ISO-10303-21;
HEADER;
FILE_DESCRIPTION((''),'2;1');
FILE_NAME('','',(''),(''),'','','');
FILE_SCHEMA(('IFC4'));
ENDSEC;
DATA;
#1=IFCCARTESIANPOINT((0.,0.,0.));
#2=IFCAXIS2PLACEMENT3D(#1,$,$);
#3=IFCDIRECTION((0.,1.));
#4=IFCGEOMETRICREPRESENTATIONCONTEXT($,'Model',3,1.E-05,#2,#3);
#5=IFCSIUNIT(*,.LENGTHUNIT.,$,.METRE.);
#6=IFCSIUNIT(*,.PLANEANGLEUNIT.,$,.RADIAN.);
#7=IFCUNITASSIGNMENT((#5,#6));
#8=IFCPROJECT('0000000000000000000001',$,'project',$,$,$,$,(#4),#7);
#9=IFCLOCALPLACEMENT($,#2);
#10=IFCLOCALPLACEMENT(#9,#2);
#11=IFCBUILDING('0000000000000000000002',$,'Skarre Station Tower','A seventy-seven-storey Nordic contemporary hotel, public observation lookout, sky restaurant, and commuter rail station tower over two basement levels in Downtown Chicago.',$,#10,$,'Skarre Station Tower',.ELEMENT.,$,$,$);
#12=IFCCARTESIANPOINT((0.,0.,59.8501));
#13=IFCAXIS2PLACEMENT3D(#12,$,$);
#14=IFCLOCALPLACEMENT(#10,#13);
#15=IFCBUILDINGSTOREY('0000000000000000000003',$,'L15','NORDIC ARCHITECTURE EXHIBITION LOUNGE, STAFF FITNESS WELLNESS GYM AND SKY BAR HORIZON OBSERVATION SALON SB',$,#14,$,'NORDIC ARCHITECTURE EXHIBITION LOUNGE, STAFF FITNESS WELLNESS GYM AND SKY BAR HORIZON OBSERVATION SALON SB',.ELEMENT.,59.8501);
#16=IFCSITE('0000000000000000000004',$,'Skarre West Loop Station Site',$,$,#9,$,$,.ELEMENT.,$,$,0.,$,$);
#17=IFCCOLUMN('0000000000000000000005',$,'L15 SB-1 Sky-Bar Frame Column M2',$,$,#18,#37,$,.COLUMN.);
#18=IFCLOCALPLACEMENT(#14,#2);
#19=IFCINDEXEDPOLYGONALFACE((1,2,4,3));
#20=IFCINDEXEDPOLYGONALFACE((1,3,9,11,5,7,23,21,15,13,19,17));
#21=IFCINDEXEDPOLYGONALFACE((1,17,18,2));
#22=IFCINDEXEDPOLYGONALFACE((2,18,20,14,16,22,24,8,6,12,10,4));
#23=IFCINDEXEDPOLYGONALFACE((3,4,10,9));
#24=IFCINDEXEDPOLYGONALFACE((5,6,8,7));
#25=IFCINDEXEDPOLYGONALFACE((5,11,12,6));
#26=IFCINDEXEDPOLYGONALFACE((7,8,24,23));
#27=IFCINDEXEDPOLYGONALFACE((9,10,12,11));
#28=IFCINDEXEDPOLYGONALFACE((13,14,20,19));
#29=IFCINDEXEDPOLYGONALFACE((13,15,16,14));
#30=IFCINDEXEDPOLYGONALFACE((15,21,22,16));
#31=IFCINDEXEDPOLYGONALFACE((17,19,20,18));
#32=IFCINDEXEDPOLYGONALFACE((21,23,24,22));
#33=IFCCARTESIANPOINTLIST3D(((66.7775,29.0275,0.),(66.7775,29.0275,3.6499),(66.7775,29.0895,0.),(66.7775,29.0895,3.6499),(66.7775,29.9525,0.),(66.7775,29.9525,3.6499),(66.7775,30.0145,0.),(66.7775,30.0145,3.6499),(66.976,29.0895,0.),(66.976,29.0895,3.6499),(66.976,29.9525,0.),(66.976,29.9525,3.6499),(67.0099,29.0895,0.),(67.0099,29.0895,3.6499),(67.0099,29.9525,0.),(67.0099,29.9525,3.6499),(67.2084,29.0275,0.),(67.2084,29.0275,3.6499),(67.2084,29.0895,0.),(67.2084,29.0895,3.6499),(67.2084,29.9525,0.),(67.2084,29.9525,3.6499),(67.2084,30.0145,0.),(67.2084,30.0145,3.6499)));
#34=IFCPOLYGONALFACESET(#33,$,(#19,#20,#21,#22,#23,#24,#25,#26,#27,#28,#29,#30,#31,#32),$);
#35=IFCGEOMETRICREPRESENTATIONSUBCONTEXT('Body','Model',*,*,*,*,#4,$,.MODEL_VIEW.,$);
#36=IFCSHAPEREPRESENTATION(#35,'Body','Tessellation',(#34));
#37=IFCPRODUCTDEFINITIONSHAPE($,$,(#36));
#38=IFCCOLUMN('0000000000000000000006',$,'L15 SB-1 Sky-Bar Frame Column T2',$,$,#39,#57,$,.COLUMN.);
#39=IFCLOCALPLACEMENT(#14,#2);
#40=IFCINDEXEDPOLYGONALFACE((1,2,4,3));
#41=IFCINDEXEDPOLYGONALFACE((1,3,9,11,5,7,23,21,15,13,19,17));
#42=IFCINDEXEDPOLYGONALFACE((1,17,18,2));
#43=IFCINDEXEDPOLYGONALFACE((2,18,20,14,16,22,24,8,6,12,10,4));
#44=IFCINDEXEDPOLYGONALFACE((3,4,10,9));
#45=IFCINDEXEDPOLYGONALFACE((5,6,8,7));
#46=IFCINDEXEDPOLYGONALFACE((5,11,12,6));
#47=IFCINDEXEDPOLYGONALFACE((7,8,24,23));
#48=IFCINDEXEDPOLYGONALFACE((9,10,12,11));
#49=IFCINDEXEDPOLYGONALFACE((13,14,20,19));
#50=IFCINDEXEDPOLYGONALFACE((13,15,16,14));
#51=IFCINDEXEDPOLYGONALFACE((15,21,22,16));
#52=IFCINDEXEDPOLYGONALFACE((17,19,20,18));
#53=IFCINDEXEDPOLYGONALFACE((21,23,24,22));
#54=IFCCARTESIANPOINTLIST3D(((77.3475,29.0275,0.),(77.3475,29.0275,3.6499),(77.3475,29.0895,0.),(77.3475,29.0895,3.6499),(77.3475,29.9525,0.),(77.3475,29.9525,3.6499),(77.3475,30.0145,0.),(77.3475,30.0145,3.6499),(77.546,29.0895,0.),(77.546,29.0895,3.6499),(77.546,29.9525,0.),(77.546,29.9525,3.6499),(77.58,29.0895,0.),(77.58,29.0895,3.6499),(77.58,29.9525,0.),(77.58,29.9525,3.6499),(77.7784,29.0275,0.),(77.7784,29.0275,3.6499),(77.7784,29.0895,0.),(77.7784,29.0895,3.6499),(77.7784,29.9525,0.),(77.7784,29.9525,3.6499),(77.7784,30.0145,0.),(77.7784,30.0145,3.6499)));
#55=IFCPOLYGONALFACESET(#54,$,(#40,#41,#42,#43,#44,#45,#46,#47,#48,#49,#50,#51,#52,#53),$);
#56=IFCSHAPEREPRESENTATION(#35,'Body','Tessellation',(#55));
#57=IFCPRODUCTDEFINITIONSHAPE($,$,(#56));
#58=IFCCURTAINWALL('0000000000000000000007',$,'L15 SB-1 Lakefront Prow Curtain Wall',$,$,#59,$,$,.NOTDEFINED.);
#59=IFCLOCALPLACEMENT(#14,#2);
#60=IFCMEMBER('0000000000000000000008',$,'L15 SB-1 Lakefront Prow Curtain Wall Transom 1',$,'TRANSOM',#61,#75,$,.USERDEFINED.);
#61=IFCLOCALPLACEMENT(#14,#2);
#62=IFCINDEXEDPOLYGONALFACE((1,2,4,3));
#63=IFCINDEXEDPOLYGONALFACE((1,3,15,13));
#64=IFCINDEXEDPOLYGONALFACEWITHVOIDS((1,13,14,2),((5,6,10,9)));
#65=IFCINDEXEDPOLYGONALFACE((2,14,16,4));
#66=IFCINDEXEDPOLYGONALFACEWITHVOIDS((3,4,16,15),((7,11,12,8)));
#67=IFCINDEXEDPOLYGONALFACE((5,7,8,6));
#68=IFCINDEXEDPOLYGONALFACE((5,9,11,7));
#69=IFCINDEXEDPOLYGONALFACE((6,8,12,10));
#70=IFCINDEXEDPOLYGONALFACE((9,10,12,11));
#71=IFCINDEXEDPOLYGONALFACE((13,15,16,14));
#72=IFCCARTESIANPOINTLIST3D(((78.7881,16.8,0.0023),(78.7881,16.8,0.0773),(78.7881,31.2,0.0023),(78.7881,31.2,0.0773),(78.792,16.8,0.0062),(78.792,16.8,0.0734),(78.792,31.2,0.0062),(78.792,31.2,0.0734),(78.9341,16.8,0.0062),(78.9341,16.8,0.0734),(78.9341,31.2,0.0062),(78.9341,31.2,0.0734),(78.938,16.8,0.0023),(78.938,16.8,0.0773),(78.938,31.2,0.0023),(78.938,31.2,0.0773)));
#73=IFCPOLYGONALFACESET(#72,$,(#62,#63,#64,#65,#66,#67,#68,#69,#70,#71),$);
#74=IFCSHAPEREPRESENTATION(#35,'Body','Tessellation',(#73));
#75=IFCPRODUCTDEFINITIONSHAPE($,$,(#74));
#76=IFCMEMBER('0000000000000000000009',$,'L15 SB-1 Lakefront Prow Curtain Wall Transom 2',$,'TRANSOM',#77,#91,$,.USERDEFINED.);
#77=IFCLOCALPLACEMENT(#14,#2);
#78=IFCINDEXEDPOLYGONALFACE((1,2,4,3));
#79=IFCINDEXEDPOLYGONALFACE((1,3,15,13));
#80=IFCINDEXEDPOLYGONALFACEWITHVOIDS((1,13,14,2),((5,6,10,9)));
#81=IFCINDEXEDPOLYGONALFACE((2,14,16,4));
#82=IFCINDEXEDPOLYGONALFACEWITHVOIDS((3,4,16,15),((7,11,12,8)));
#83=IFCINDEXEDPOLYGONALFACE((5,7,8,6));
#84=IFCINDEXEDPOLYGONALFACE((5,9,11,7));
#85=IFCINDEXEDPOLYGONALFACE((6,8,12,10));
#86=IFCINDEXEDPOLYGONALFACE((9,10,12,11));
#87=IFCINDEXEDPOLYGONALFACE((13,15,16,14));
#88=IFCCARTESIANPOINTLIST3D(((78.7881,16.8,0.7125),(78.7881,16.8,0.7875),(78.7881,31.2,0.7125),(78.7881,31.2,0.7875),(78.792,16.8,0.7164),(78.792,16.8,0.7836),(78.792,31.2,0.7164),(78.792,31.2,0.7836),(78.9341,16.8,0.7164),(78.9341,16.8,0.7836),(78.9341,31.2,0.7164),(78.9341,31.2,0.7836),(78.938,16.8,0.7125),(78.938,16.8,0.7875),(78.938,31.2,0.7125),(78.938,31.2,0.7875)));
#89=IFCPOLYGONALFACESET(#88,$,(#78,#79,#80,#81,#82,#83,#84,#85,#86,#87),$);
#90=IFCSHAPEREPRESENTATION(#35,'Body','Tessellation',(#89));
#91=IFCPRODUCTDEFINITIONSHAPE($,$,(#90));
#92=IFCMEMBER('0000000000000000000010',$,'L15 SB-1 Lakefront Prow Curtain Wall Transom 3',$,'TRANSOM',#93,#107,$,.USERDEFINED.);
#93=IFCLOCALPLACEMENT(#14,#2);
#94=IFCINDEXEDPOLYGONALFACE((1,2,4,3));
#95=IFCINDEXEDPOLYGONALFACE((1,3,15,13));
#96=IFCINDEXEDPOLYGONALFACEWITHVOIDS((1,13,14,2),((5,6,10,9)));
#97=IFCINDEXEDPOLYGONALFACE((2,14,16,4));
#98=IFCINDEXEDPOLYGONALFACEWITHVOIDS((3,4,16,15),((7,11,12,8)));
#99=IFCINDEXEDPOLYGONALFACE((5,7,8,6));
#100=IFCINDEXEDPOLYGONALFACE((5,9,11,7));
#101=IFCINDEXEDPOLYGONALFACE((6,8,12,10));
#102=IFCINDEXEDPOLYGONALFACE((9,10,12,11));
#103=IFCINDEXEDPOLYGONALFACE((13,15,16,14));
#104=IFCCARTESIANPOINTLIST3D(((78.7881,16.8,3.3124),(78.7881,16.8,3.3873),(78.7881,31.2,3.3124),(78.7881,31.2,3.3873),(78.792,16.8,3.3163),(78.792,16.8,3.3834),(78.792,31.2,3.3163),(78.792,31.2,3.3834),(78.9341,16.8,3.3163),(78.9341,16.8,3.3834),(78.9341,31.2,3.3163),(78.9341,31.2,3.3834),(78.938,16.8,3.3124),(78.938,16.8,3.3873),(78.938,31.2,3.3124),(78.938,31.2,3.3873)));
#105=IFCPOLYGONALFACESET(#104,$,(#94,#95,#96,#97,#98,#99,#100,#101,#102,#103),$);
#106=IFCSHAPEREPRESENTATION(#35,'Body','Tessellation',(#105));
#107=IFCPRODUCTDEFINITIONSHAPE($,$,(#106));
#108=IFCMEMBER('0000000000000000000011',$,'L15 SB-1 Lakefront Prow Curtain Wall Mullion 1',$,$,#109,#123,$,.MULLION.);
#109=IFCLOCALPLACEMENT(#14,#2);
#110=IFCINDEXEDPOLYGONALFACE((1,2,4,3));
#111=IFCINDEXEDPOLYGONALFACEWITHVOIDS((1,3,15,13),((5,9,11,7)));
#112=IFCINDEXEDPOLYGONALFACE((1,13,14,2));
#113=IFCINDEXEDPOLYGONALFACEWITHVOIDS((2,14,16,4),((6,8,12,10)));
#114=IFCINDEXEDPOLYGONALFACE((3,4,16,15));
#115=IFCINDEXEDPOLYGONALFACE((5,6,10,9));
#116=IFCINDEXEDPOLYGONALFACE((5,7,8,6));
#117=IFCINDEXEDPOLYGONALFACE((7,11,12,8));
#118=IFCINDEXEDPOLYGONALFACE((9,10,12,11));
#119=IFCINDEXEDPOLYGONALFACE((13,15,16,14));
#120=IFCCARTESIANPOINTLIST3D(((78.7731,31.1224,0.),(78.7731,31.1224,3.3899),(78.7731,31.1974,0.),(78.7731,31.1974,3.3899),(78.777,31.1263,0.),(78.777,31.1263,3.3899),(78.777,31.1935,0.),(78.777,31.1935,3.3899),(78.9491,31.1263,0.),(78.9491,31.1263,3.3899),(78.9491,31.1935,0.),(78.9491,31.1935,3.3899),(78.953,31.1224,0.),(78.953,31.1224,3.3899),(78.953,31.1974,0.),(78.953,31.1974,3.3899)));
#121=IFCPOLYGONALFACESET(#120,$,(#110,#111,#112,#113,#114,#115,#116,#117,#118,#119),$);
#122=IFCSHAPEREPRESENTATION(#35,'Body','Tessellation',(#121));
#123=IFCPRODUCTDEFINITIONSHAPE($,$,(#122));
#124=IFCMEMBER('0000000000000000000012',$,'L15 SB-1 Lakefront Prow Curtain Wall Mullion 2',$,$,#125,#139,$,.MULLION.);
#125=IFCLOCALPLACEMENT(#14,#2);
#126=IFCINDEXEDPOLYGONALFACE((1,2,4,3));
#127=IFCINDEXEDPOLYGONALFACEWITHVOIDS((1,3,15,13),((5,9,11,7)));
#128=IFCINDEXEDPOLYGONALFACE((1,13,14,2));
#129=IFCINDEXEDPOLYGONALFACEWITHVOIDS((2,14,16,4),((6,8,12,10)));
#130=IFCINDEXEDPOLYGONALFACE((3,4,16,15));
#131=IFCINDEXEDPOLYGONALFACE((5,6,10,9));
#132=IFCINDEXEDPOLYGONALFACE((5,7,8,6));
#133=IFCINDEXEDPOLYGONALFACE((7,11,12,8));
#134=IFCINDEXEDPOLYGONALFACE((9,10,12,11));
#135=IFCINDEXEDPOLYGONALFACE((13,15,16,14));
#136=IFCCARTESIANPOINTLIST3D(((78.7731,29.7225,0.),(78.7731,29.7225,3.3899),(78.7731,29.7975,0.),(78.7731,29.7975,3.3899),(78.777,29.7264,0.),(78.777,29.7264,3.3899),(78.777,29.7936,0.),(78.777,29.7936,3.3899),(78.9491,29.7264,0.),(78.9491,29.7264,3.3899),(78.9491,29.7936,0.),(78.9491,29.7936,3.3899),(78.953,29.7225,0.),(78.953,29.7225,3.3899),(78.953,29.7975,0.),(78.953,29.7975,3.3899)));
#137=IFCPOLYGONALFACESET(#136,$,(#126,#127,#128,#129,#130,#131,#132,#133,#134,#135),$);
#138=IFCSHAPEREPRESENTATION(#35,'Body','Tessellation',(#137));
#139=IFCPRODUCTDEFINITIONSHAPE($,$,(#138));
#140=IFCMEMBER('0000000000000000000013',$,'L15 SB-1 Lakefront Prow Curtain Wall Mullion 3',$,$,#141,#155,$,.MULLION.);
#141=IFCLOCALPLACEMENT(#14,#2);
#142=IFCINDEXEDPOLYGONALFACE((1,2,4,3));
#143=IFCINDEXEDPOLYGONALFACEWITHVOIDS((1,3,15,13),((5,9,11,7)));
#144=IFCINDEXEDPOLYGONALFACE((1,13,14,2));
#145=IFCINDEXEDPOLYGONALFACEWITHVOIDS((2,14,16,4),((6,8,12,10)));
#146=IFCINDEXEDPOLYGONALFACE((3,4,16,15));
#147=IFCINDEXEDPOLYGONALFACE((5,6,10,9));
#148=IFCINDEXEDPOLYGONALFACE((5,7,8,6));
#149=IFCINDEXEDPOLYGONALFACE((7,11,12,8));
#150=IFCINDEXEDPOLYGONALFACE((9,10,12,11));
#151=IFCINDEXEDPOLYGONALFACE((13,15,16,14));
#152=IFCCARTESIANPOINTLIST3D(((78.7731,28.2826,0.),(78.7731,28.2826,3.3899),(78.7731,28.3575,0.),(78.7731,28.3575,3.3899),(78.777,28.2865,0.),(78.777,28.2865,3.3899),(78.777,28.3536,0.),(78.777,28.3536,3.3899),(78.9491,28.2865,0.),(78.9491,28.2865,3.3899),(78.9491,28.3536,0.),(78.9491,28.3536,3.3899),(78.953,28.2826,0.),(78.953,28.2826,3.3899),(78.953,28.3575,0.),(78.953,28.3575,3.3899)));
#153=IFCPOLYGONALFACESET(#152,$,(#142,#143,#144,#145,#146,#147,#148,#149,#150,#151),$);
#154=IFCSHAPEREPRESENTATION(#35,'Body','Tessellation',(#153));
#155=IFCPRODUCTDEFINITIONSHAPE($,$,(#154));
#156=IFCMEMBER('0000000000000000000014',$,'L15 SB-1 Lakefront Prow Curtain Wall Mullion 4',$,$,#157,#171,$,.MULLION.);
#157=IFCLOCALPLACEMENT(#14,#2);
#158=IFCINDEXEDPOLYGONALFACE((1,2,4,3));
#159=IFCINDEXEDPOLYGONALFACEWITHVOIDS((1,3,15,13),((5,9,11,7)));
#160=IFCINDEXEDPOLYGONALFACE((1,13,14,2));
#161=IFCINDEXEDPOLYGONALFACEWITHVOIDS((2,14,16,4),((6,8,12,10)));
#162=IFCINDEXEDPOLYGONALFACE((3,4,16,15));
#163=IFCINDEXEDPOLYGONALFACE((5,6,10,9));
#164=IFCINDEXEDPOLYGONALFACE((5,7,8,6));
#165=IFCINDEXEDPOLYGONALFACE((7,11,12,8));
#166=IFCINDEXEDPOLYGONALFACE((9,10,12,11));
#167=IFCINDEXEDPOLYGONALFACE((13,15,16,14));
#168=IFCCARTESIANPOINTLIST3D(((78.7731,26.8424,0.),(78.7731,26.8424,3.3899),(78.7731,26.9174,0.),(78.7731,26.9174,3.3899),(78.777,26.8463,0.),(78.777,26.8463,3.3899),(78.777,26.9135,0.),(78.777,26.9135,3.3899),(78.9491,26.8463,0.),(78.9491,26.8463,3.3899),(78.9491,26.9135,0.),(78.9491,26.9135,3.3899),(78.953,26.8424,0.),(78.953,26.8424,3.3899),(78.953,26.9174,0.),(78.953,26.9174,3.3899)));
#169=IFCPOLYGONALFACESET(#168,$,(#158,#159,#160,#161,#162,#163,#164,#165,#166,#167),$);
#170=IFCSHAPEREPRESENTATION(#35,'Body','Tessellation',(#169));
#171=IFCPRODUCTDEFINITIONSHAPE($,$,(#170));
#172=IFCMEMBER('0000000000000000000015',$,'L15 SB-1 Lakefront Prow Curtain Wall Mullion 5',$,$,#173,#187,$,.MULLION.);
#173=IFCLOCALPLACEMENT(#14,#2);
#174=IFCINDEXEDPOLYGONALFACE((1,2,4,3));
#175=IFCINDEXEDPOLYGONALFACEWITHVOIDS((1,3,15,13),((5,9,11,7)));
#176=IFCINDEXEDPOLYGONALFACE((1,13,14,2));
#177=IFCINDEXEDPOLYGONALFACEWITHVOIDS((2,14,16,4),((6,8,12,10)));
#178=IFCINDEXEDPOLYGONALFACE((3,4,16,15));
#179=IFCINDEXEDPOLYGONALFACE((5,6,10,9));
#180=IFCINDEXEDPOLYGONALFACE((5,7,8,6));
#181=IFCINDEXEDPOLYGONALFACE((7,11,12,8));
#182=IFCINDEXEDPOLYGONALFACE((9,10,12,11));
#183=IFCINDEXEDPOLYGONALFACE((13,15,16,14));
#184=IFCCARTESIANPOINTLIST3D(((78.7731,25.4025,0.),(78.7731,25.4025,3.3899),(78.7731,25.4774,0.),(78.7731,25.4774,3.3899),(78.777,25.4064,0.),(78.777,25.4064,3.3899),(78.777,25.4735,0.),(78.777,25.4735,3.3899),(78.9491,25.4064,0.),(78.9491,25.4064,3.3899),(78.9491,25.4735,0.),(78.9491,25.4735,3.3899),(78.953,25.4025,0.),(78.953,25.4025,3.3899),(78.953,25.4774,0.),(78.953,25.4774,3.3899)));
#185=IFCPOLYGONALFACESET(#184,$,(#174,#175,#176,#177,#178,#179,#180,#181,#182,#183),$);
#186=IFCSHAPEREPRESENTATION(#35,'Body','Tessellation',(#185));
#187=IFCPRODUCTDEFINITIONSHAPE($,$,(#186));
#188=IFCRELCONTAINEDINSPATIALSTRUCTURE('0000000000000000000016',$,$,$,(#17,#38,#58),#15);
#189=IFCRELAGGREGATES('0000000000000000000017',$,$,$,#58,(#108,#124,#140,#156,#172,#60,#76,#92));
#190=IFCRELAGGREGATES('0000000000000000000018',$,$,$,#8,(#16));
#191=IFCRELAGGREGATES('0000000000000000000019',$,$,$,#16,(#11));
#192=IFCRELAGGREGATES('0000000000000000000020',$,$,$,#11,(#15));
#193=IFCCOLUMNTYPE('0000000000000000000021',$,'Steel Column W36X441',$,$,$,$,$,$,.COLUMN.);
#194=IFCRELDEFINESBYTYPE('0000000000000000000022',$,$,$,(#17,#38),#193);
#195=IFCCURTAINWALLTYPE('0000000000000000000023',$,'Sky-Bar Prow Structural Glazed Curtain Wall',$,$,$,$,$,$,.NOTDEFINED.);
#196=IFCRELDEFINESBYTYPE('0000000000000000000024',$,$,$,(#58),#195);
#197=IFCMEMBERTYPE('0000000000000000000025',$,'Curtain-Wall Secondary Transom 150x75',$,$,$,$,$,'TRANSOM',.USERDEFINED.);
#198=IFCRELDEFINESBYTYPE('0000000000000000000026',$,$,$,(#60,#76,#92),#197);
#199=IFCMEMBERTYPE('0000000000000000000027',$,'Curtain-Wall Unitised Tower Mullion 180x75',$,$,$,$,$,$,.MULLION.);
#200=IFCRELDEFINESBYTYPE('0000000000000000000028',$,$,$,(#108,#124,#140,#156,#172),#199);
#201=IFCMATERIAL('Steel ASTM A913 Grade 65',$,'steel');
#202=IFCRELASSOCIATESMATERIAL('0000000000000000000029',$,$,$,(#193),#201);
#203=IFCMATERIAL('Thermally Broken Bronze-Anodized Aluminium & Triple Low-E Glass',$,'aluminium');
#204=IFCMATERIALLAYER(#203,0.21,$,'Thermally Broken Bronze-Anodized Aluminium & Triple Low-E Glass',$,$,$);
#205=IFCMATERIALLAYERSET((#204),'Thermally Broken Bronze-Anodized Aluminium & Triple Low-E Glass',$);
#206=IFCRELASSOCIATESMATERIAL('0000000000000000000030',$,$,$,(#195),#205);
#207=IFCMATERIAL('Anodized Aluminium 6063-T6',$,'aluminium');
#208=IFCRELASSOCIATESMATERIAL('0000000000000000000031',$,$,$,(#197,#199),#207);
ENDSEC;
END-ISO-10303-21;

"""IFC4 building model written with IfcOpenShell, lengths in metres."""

from ifc_helpers import new_model, si_unit, direction, frame, origin, origin_2d, place, context, subcontext, project, spatial, hollow_rectangle, i_section, extrude, material, layer, layer_set, material_profile, profile_set, type_object, element, aggregate, save


model = new_model("IFC4")

# Units and contexts
model_context = context("Model", 3, precision=1e-05, world=origin(), true_north=direction((0.0, 1.0)))
body_context = subcontext(model_context, "Body", "Model", "MODEL_VIEW")
ifc_project = project(units=[si_unit("LENGTHUNIT", "METRE"), si_unit("PLANEANGLEUNIT", "RADIAN")], contexts=[model_context])

# Site, building, storey
site_placement = place(None, origin())
site = spatial("IfcSite", under=ifc_project, at=site_placement, Name="Skarre West Loop Station Site", CompositionType="ELEMENT", RefElevation=0.0)
building_placement = place(site_placement, origin())
building = spatial("IfcBuilding", under=site, at=building_placement, Name="Skarre Station Tower", Description="A seventy-seven-storey Nordic contemporary hotel, public observation lookout, sky restaurant, and commuter rail station tower over two basement levels in Downtown Chicago.", LongName="Skarre Station Tower", CompositionType="ELEMENT")
storey_placement = place(building_placement, frame((0.0, 0.0, 59.8501)))
storey = spatial("IfcBuildingStorey", under=building, at=storey_placement, Name="L15", Description="NORDIC ARCHITECTURE EXHIBITION LOUNGE, STAFF FITNESS WELLNESS GYM AND SKY BAR HORIZON OBSERVATION SALON SB", LongName="NORDIC ARCHITECTURE EXHIBITION LOUNGE, STAFF FITNESS WELLNESS GYM AND SKY BAR HORIZON OBSERVATION SALON SB", CompositionType="ELEMENT", Elevation=59.8501)

# Columns
ifc_material_1 = material(Name="Steel ASTM A913 Grade 65", Category="steel")
ifc_material_profile_1 = material_profile(ifc_material_1, i_section(OverallWidth=0.4309, OverallDepth=0.9871, WebThickness=0.0339, FlangeThickness=0.062, at=origin_2d()), Name="Steel ASTM A913 Grade 65")
ifc_profile_set_1 = profile_set([ifc_material_profile_1], Name="Steel ASTM A913 Grade 65")
column_type = type_object("IfcColumnType", Name="Steel Column W36X441", PredefinedType="COLUMN", material=ifc_profile_set_1)
for number, where, z_axis, x_axis, name in (
    (1, (66.9929, 29.521, 0.0), (0.0, 0.0, 1.0), (1.0, 0.0, 0.0), "L15 SB-1 Sky-Bar Frame Column M2"),
    (2, (77.563, 29.521, 0.0), (0.0, 0.0, 1.0), (1.0, 0.0, 0.0), "L15 SB-1 Sky-Bar Frame Column T2"),
):
    element("IfcColumn", number, at=place(storey_placement, frame(where, z_axis=z_axis, x_axis=x_axis)), inside=storey, type_object=column_type, Name=name, PredefinedType="COLUMN", context=body_context, shape_type="SweptSolid", body=[
        extrude(i_section(OverallWidth=0.4309, OverallDepth=0.9871, WebThickness=0.0339, FlangeThickness=0.062, at=origin_2d()), origin(), (0.0, 0.0, 1.0), 3.6499),
    ])

# Curtain wall, members
ifc_material_2 = material(Name="Thermally Broken Bronze-Anodized Aluminium & Triple Low-E Glass", Category="aluminium")
ifc_layer_1 = layer(ifc_material_2, 0.21, Name="Thermally Broken Bronze-Anodized Aluminium & Triple Low-E Glass")
ifc_layer_set_1 = layer_set([ifc_layer_1], Name="Thermally Broken Bronze-Anodized Aluminium & Triple Low-E Glass")
curtain_wall_type = type_object("IfcCurtainWallType", Name="Sky-Bar Prow Structural Glazed Curtain Wall", PredefinedType="NOTDEFINED", material=ifc_layer_set_1)
curtain_wall_placement = place(storey_placement, origin())
curtain_wall = element("IfcCurtainWall", 3, at=curtain_wall_placement, inside=storey, type_object=curtain_wall_type, Name="L15 SB-1 Lakefront Prow Curtain Wall", PredefinedType="NOTDEFINED")
ifc_material_3 = material(Name="Anodized Aluminium 6063-T6", Category="aluminium")
ifc_material_profile_2 = material_profile(ifc_material_3, hollow_rectangle(XDim=0.075, YDim=0.1499, WallThickness=0.0039, at=origin_2d()), Name="Anodized Aluminium 6063-T6")
ifc_profile_set_2 = profile_set([ifc_material_profile_2], Name="Anodized Aluminium 6063-T6")
member_type_1 = type_object("IfcMemberType", Name="Curtain-Wall Secondary Transom 150x75", ElementType="TRANSOM", PredefinedType="USERDEFINED", material=ifc_profile_set_2)
member_1_placement = place(storey_placement, frame((78.863, 31.2, 0.0398), z_axis=(0.0, -1.0, 0.0), x_axis=(0.0, 0.0, 1.0)))
member_1 = element("IfcMember", 4, at=member_1_placement, type_object=member_type_1, Name="L15 SB-1 Lakefront Prow Curtain Wall Transom 1", ObjectType="TRANSOM", PredefinedType="USERDEFINED", context=body_context, shape_type="SweptSolid", body=[
    extrude(hollow_rectangle(XDim=0.075, YDim=0.1499, WallThickness=0.0039, at=origin_2d()), origin(), (0.0, 0.0, 1.0), 14.3999),
])
member_2_placement = place(storey_placement, frame((78.863, 31.2, 0.75), z_axis=(0.0, -1.0, 0.0), x_axis=(0.0, 0.0, 1.0)))
member_2 = element("IfcMember", 5, at=member_2_placement, type_object=member_type_1, Name="L15 SB-1 Lakefront Prow Curtain Wall Transom 2", ObjectType="TRANSOM", PredefinedType="USERDEFINED", context=body_context, shape_type="SweptSolid", body=[
    extrude(hollow_rectangle(XDim=0.075, YDim=0.1499, WallThickness=0.0039, at=origin_2d()), origin(), (0.0, 0.0, 1.0), 14.3999),
])
member_3_placement = place(storey_placement, frame((78.863, 31.2, 3.3499), z_axis=(0.0, -1.0, 0.0), x_axis=(0.0, 0.0, 1.0)))
member_3 = element("IfcMember", 6, at=member_3_placement, type_object=member_type_1, Name="L15 SB-1 Lakefront Prow Curtain Wall Transom 3", ObjectType="TRANSOM", PredefinedType="USERDEFINED", context=body_context, shape_type="SweptSolid", body=[
    extrude(hollow_rectangle(XDim=0.075, YDim=0.1499, WallThickness=0.0039, at=origin_2d()), origin(), (0.0, 0.0, 1.0), 14.3999),
])
ifc_material_profile_3 = material_profile(ifc_material_3, hollow_rectangle(XDim=0.075, YDim=0.1799, WallThickness=0.0039, at=origin_2d()), Name="Anodized Aluminium 6063-T6")
ifc_profile_set_3 = profile_set([ifc_material_profile_3], Name="Anodized Aluminium 6063-T6")
member_type_2 = type_object("IfcMemberType", Name="Curtain-Wall Unitised Tower Mullion 180x75", PredefinedType="MULLION", material=ifc_profile_set_3)
member_4_placement = place(storey_placement, frame((78.863, 31.1599, 0.0), z_axis=(0.0, 0.0, 1.0), x_axis=(0.0, -1.0, 0.0)))
member_4 = element("IfcMember", 7, at=member_4_placement, type_object=member_type_2, Name="L15 SB-1 Lakefront Prow Curtain Wall Mullion 1", PredefinedType="MULLION", context=body_context, shape_type="SweptSolid", body=[
    extrude(hollow_rectangle(XDim=0.075, YDim=0.1799, WallThickness=0.0039, at=origin_2d()), origin(), (0.0, 0.0, 1.0), 3.3899),
])
member_5_placement = place(storey_placement, frame((78.863, 29.76, 0.0), z_axis=(0.0, 0.0, 1.0), x_axis=(0.0, -1.0, 0.0)))
member_5 = element("IfcMember", 8, at=member_5_placement, type_object=member_type_2, Name="L15 SB-1 Lakefront Prow Curtain Wall Mullion 2", PredefinedType="MULLION", context=body_context, shape_type="SweptSolid", body=[
    extrude(hollow_rectangle(XDim=0.075, YDim=0.1799, WallThickness=0.0039, at=origin_2d()), origin(), (0.0, 0.0, 1.0), 3.3899),
])
member_6_placement = place(storey_placement, frame((78.863, 28.3201, 0.0), z_axis=(0.0, 0.0, 1.0), x_axis=(0.0, -1.0, 0.0)))
member_6 = element("IfcMember", 9, at=member_6_placement, type_object=member_type_2, Name="L15 SB-1 Lakefront Prow Curtain Wall Mullion 3", PredefinedType="MULLION", context=body_context, shape_type="SweptSolid", body=[
    extrude(hollow_rectangle(XDim=0.075, YDim=0.1799, WallThickness=0.0039, at=origin_2d()), origin(), (0.0, 0.0, 1.0), 3.3899),
])
member_7_placement = place(storey_placement, frame((78.863, 26.8799, 0.0), z_axis=(0.0, 0.0, 1.0), x_axis=(0.0, -1.0, 0.0)))
member_7 = element("IfcMember", 10, at=member_7_placement, type_object=member_type_2, Name="L15 SB-1 Lakefront Prow Curtain Wall Mullion 4", PredefinedType="MULLION", context=body_context, shape_type="SweptSolid", body=[
    extrude(hollow_rectangle(XDim=0.075, YDim=0.1799, WallThickness=0.0039, at=origin_2d()), origin(), (0.0, 0.0, 1.0), 3.3899),
])
member_8_placement = place(storey_placement, frame((78.863, 25.4399, 0.0), z_axis=(0.0, 0.0, 1.0), x_axis=(0.0, -1.0, 0.0)))
member_8 = element("IfcMember", 11, at=member_8_placement, type_object=member_type_2, Name="L15 SB-1 Lakefront Prow Curtain Wall Mullion 5", PredefinedType="MULLION", context=body_context, shape_type="SweptSolid", body=[
    extrude(hollow_rectangle(XDim=0.075, YDim=0.1799, WallThickness=0.0039, at=origin_2d()), origin(), (0.0, 0.0, 1.0), 3.3899),
])

aggregate(curtain_wall, [member_4, member_5, member_6, member_7, member_8, member_1, member_2, member_3])

save(model, "model.ifc")
